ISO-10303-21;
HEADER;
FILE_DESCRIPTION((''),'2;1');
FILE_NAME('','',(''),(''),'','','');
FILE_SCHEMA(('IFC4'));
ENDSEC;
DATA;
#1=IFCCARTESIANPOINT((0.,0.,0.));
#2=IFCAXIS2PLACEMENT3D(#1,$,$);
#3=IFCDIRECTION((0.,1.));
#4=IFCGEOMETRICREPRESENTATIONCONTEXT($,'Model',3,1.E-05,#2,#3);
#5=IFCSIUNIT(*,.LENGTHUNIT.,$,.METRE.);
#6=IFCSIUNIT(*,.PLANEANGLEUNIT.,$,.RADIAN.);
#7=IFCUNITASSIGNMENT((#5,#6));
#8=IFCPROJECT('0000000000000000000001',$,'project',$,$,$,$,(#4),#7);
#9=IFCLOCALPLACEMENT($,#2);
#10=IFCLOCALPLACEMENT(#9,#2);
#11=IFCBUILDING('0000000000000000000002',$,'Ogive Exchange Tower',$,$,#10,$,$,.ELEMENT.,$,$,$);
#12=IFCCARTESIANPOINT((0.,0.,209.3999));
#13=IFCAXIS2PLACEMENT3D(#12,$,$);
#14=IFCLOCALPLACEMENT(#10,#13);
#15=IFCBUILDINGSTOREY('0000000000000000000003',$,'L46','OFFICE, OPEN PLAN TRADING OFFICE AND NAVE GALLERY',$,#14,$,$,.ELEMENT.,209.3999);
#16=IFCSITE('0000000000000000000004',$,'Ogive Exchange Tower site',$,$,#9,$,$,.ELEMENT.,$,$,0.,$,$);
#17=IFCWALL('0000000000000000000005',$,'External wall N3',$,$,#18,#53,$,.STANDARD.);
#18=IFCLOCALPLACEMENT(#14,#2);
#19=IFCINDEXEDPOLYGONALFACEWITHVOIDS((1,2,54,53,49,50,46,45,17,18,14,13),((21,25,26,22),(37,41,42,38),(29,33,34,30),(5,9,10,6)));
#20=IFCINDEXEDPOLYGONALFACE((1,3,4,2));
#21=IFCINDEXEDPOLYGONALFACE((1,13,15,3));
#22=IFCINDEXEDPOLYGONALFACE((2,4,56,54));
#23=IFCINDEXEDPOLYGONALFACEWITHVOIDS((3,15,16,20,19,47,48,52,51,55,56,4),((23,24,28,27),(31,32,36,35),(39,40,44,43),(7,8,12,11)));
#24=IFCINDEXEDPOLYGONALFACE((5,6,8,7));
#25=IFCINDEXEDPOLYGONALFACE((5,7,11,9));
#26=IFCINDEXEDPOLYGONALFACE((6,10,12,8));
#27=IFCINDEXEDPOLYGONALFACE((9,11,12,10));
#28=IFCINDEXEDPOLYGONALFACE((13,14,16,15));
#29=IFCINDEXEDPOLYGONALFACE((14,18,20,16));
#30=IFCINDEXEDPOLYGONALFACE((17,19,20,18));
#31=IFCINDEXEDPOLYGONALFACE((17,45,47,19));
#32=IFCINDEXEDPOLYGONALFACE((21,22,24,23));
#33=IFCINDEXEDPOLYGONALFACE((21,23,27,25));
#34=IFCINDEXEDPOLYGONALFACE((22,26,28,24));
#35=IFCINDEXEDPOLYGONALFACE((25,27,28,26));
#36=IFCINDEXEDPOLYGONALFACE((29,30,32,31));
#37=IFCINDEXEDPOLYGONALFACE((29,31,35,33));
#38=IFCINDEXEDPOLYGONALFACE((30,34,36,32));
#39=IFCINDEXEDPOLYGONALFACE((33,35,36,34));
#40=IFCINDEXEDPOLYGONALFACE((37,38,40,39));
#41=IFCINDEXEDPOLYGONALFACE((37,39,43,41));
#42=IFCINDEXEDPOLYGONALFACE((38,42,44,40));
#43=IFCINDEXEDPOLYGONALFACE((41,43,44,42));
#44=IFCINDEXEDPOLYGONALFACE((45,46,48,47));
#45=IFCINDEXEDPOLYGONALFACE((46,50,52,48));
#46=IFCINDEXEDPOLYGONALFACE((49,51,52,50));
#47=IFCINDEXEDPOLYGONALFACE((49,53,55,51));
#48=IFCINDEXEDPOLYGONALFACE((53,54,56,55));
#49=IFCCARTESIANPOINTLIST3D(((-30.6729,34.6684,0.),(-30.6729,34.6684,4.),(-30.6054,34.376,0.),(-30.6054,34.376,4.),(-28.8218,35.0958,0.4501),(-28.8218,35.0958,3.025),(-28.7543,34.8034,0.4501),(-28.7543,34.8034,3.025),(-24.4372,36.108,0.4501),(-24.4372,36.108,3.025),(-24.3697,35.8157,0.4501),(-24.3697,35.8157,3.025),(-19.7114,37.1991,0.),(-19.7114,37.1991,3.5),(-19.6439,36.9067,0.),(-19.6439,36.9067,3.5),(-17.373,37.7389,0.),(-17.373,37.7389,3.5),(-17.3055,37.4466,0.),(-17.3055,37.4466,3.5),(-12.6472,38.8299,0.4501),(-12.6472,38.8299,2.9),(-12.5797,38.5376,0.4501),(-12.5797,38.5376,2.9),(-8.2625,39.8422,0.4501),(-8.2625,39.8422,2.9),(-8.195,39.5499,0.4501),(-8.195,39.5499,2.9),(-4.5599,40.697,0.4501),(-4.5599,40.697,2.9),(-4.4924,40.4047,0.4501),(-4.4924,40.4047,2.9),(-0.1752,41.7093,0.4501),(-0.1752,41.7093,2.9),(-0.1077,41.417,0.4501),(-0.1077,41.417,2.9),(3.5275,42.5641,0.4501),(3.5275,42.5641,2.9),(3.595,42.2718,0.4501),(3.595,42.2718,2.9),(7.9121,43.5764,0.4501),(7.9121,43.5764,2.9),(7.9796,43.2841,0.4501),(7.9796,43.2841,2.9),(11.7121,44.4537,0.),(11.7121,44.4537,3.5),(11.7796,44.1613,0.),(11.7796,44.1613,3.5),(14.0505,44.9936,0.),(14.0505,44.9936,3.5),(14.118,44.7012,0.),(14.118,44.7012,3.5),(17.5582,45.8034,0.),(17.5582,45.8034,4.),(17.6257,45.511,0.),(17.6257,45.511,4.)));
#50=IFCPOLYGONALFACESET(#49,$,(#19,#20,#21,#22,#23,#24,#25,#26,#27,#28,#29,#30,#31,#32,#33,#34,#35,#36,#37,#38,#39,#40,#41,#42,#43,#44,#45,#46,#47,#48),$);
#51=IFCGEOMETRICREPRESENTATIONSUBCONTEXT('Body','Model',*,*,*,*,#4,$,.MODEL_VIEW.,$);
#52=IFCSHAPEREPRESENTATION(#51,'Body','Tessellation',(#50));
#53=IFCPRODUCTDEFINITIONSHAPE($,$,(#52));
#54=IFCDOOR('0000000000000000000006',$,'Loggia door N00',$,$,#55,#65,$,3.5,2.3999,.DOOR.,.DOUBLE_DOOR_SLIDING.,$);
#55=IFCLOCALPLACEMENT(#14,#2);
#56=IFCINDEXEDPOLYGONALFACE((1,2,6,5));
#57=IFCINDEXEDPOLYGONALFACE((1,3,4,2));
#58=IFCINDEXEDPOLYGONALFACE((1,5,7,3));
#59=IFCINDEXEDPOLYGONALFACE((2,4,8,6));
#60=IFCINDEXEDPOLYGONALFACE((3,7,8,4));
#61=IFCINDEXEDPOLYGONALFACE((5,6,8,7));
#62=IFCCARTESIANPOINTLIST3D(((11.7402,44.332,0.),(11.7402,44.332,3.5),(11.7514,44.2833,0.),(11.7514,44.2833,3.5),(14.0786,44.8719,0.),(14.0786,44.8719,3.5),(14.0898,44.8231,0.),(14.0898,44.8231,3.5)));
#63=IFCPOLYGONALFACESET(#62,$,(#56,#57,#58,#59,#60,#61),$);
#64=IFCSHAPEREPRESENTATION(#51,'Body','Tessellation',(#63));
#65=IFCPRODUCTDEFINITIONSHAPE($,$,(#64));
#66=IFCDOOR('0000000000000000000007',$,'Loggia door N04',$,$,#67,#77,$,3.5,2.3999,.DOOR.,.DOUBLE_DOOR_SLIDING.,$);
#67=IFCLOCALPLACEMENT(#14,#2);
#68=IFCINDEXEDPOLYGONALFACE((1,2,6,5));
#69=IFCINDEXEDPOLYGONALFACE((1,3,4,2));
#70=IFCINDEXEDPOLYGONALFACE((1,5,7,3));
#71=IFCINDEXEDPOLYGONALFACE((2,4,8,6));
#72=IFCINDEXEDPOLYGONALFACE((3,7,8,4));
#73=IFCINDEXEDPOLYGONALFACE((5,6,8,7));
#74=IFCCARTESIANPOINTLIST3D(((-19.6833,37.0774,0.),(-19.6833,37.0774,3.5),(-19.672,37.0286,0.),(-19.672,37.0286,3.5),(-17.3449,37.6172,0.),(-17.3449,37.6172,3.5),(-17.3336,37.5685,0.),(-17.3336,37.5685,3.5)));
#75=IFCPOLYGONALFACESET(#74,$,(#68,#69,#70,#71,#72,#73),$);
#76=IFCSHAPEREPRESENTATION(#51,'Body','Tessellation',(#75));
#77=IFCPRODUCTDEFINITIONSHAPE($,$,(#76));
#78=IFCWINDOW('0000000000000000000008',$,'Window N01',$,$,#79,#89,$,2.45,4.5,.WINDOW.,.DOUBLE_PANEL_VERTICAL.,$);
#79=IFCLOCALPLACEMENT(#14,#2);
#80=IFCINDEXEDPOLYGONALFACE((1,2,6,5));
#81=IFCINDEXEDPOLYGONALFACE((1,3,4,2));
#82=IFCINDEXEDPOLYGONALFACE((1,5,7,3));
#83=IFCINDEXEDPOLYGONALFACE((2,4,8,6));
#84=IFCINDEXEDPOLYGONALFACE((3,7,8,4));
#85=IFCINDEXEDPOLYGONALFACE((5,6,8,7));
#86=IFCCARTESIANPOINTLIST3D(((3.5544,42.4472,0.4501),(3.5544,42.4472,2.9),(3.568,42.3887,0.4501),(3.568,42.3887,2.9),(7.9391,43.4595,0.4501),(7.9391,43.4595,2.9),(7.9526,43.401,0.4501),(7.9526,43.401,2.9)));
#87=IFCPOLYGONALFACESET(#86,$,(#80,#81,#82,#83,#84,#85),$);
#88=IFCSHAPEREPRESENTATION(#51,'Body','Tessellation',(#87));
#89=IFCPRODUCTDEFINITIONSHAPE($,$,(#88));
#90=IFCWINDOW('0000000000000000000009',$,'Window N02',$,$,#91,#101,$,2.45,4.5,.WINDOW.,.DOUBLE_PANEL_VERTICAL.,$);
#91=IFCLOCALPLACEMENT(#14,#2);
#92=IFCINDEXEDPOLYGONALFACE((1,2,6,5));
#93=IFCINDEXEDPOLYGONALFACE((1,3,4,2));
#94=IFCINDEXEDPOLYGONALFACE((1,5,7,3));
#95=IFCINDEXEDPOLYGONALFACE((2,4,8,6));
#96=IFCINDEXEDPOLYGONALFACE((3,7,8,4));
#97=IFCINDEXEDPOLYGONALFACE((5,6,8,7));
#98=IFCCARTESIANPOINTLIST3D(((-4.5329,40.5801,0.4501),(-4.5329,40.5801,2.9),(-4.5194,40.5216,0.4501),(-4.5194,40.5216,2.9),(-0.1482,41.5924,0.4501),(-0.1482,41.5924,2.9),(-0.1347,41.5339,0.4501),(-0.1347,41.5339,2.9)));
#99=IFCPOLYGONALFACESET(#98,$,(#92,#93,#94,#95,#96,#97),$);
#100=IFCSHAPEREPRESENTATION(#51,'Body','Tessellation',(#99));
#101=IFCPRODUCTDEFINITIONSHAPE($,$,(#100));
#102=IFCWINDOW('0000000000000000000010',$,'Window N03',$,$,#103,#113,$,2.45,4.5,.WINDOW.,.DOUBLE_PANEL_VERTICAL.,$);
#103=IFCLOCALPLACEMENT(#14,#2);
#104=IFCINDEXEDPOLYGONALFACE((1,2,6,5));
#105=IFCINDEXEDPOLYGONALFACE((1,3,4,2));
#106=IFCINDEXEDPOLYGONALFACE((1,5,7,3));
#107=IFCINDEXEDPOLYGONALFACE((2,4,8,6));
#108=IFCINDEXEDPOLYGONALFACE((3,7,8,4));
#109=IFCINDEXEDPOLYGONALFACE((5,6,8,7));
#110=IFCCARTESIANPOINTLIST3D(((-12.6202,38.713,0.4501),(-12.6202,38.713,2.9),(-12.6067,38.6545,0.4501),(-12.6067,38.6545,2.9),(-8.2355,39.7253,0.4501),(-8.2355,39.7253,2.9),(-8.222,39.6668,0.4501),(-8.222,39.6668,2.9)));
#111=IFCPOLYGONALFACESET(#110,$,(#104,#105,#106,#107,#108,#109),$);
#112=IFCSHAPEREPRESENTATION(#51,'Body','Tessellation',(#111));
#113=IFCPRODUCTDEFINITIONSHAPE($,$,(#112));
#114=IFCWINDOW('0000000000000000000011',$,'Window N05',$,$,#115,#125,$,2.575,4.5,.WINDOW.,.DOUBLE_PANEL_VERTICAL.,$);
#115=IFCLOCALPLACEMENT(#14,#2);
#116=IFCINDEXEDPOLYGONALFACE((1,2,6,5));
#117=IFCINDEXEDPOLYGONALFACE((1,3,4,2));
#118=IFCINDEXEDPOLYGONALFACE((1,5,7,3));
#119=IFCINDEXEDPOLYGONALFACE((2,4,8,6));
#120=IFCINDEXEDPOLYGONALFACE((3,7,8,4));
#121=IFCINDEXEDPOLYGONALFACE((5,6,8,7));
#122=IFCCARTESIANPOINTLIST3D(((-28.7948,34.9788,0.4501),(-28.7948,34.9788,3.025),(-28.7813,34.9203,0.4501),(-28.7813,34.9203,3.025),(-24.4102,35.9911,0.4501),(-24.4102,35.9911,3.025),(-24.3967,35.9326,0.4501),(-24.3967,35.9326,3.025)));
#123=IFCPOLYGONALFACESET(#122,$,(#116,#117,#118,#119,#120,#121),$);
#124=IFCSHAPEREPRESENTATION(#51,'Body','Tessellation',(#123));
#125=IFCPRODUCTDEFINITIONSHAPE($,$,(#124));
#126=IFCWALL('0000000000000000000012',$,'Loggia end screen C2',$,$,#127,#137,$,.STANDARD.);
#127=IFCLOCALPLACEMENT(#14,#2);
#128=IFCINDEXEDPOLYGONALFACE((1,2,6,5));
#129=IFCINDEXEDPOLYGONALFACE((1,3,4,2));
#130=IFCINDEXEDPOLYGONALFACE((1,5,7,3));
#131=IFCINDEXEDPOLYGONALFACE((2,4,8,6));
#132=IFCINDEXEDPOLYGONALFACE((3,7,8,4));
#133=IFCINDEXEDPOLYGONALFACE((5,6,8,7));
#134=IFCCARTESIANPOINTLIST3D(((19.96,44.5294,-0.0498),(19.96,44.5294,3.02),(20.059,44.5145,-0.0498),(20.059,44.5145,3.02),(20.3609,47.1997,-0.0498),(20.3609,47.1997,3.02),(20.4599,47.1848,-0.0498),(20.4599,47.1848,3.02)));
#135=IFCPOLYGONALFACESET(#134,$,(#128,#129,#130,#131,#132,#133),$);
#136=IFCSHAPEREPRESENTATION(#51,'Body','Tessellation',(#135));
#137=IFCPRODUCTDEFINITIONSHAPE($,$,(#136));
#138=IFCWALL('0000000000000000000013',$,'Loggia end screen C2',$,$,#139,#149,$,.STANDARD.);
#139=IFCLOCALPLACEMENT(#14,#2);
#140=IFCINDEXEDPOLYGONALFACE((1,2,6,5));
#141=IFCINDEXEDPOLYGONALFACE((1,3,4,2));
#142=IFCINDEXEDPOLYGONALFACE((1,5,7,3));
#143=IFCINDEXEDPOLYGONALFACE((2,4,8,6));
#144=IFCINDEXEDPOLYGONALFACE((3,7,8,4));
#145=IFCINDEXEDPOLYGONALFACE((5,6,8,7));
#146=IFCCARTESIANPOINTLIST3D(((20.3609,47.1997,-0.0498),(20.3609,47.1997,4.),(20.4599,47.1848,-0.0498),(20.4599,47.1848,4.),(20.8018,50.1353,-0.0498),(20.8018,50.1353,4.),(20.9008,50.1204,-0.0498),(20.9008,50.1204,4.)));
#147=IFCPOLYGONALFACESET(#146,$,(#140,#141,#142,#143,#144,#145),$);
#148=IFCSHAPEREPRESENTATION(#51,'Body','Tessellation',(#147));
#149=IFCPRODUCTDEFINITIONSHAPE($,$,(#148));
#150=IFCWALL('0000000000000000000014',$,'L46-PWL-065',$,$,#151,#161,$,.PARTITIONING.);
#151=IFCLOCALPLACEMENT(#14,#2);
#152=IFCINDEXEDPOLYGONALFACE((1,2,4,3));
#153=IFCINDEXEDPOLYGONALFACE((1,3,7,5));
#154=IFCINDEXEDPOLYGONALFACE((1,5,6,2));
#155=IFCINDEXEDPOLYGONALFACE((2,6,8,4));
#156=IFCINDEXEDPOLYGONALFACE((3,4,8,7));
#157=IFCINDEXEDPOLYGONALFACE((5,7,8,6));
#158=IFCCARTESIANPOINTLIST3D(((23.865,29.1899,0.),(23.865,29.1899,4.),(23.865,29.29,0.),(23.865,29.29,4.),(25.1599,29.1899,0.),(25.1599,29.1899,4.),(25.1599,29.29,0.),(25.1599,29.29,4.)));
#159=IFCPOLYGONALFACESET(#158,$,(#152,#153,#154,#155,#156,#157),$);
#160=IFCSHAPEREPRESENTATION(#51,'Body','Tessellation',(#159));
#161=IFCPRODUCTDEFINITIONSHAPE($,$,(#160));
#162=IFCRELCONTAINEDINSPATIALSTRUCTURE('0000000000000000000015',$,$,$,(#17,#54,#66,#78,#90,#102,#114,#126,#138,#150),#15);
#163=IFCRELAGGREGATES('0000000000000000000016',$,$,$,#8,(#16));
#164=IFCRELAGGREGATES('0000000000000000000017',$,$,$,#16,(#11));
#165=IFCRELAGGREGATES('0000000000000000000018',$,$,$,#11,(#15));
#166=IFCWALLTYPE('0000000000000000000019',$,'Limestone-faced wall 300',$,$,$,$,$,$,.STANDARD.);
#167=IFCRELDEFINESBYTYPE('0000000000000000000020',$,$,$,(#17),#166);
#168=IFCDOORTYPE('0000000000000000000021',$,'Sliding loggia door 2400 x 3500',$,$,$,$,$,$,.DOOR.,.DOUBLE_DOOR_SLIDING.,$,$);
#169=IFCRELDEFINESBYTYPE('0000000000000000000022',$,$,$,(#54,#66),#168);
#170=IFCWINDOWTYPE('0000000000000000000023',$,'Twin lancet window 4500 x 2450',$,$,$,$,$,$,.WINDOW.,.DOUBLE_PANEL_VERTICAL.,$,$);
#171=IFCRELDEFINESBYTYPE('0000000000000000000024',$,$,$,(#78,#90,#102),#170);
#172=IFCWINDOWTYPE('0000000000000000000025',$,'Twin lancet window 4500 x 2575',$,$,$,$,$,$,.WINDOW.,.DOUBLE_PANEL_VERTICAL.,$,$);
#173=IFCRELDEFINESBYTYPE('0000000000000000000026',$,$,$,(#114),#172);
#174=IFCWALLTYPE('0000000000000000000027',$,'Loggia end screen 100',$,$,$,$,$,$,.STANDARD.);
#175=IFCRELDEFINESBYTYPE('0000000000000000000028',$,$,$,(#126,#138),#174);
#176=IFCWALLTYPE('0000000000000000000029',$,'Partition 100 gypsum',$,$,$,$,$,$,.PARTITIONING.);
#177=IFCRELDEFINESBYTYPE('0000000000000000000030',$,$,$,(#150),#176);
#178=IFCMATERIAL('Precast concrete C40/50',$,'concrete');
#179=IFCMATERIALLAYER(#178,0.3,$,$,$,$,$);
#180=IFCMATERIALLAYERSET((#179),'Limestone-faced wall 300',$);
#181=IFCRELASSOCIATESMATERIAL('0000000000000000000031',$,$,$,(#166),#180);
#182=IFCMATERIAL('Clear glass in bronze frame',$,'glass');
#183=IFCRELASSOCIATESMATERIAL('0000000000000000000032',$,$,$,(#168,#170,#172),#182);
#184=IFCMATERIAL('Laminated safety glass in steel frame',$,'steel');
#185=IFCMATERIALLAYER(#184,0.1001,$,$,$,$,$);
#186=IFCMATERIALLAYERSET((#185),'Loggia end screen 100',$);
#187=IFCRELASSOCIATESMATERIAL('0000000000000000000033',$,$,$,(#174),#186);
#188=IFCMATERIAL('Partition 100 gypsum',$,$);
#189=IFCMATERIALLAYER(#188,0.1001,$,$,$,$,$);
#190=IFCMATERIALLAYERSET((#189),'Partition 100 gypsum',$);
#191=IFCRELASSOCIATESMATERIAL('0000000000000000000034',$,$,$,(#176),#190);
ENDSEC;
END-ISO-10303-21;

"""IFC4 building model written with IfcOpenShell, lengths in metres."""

from ifc_helpers import new_model, si_unit, direction, frame, frame_2d, origin, place, context, subcontext, project, spatial, rectangle, extrude, material, layer, layer_set, type_object, element, fill, save


model = new_model("IFC4")

# Units and contexts
model_context = context("Model", 3, precision=1e-05, world=origin(), true_north=direction((0.0, 1.0)))
body_context = subcontext(model_context, "Body", "Model", "MODEL_VIEW")
ifc_project = project(units=[si_unit("LENGTHUNIT", "METRE"), si_unit("PLANEANGLEUNIT", "RADIAN")], contexts=[model_context])

# Site, building, storey
site_placement = place(None, origin())
site = spatial("IfcSite", under=ifc_project, at=site_placement, Name="Ogive Exchange Tower site", CompositionType="ELEMENT", RefElevation=0.0)
building_placement = place(site_placement, origin())
building = spatial("IfcBuilding", under=site, at=building_placement, Name="Ogive Exchange Tower", CompositionType="ELEMENT")
storey_placement = place(building_placement, frame((0.0, 0.0, 209.3999)))
storey = spatial("IfcBuildingStorey", under=building, at=storey_placement, Name="L46", Description="OFFICE, OPEN PLAN TRADING OFFICE AND NAVE GALLERY", CompositionType="ELEMENT", Elevation=209.3999)

# Wall, openings, doors, windows
ifc_material_1 = material(Name="Precast concrete C40/50", Category="concrete")
ifc_layer_1 = layer(ifc_material_1, 0.3)
ifc_layer_set_1 = layer_set([ifc_layer_1], Name="Limestone-faced wall 300")
wall_type_1 = type_object("IfcWallType", Name="Limestone-faced wall 300", PredefinedType="STANDARD", material=ifc_layer_set_1)
wall_1_placement = place(storey_placement, frame((17.592, 45.6572, 0.0), z_axis=(0.0, 0.0, 1.0), x_axis=(-0.97437, -0.22495, 0.0)))
wall_1 = element("IfcWall", 1, at=wall_1_placement, inside=storey, type_object=wall_type_1, Name="External wall N3", PredefinedType="STANDARD", context=body_context, shape_type="SweptSolid", body=[
    extrude(rectangle(XDim=49.4998, YDim=0.3, at=frame_2d((24.75, 0.0))), origin(), (0.0, 0.0, 1.0), 4.0),
])
opening_1_placement = place(wall_1_placement, frame((3.6001, 0.0, 0.0)))
opening_1 = element("IfcOpeningElement", 2, at=opening_1_placement, cuts=wall_1, PredefinedType="OPENING", context=body_context, shape_type="SweptSolid", body=[
    extrude(rectangle(XDim=2.3999, YDim=3.5, at=frame_2d((1.2, 1.75))), frame((0.0, 0.1599, 0.0), z_axis=(0.0, -1.0, 0.0), x_axis=(1.0, 0.0, 0.0)), (0.0, 0.0, 1.0), 0.3201),
])
opening_2_placement = place(wall_1_placement, frame((9.8999, 0.0, 0.45)))
opening_2 = element("IfcOpeningElement", 3, at=opening_2_placement, cuts=wall_1, PredefinedType="OPENING", context=body_context, shape_type="SweptSolid", body=[
    extrude(rectangle(XDim=4.5, YDim=2.45, at=frame_2d((2.25, 1.2251))), frame((0.0, 0.1599, 0.0), z_axis=(0.0, -1.0, 0.0), x_axis=(1.0, 0.0, 0.0)), (0.0, 0.0, 1.0), 0.3201),
])
opening_3_placement = place(wall_1_placement, frame((18.2, 0.0, 0.45)))
opening_3 = element("IfcOpeningElement", 4, at=opening_3_placement, cuts=wall_1, PredefinedType="OPENING", context=body_context, shape_type="SweptSolid", body=[
    extrude(rectangle(XDim=4.5, YDim=2.45, at=frame_2d((2.25, 1.2251))), frame((0.0, 0.1599, 0.0), z_axis=(0.0, -1.0, 0.0), x_axis=(1.0, 0.0, 0.0)), (0.0, 0.0, 1.0), 0.3201),
])
opening_4_placement = place(wall_1_placement, frame((26.5, 0.0, 0.45)))
opening_4 = element("IfcOpeningElement", 5, at=opening_4_placement, cuts=wall_1, PredefinedType="OPENING", context=body_context, shape_type="SweptSolid", body=[
    extrude(rectangle(XDim=4.5, YDim=2.45, at=frame_2d((2.25, 1.2251))), frame((0.0, 0.1599, 0.0), z_axis=(0.0, -1.0, 0.0), x_axis=(1.0, 0.0, 0.0)), (0.0, 0.0, 1.0), 0.3201),
])
opening_5_placement = place(wall_1_placement, frame((35.8501, 0.0, 0.0)))
opening_5 = element("IfcOpeningElement", 6, at=opening_5_placement, cuts=wall_1, PredefinedType="OPENING", context=body_context, shape_type="SweptSolid", body=[
    extrude(rectangle(XDim=2.3999, YDim=3.5, at=frame_2d((1.2, 1.75))), frame((0.0, 0.1599, 0.0), z_axis=(0.0, -1.0, 0.0), x_axis=(1.0, 0.0, 0.0)), (0.0, 0.0, 1.0), 0.3201),
])
opening_6_placement = place(wall_1_placement, frame((43.1001, 0.0, 0.45)))
opening_6 = element("IfcOpeningElement", 7, at=opening_6_placement, cuts=wall_1, PredefinedType="OPENING", context=body_context, shape_type="SweptSolid", body=[
    extrude(rectangle(XDim=4.5, YDim=2.575, at=frame_2d((2.25, 1.2876))), frame((0.0, 0.1599, 0.0), z_axis=(0.0, -1.0, 0.0), x_axis=(1.0, 0.0, 0.0)), (0.0, 0.0, 1.0), 0.3201),
])
ifc_material_2 = material(Name="Clear glass in bronze frame", Category="glass")
door_type = type_object("IfcDoorType", Name="Sliding loggia door 2400 x 3500", OperationType="DOUBLE_DOOR_SLIDING", PredefinedType="DOOR", material=ifc_material_2)
door_1_placement = place(opening_1_placement, origin())
door_1 = element("IfcDoor", 8, at=door_1_placement, inside=storey, type_object=door_type, Name="Loggia door N00", OperationType="DOUBLE_DOOR_SLIDING", OverallHeight=3.5, OverallWidth=2.3999, PredefinedType="DOOR", context=body_context, shape_type="SweptSolid", body=[
    extrude(rectangle(XDim=2.3999, YDim=3.5, at=frame_2d((1.2, 1.75))), frame((0.0, 0.0249, 0.0), z_axis=(0.0, -1.0, 0.0), x_axis=(1.0, 0.0, 0.0)), (0.0, 0.0, 1.0), 0.05),
])
fill(opening_1, door_1)
door_2_placement = place(opening_5_placement, origin())
door_2 = element("IfcDoor", 9, at=door_2_placement, inside=storey, type_object=door_type, Name="Loggia door N04", OperationType="DOUBLE_DOOR_SLIDING", OverallHeight=3.5, OverallWidth=2.3999, PredefinedType="DOOR", context=body_context, shape_type="SweptSolid", body=[
    extrude(rectangle(XDim=2.3999, YDim=3.5, at=frame_2d((1.2, 1.75))), frame((0.0, 0.0249, 0.0), z_axis=(0.0, -1.0, 0.0), x_axis=(1.0, 0.0, 0.0)), (0.0, 0.0, 1.0), 0.05),
])
fill(opening_5, door_2)
window_type_1 = type_object("IfcWindowType", Name="Twin lancet window 4500 x 2450", PartitioningType="DOUBLE_PANEL_VERTICAL", PredefinedType="WINDOW", material=ifc_material_2)
window_1_placement = place(opening_2_placement, origin())
window_1 = element("IfcWindow", 10, at=window_1_placement, inside=storey, type_object=window_type_1, Name="Window N01", OverallHeight=2.45, OverallWidth=4.5, PartitioningType="DOUBLE_PANEL_VERTICAL", PredefinedType="WINDOW", context=body_context, shape_type="SweptSolid", body=[
    extrude(rectangle(XDim=4.5, YDim=2.45, at=frame_2d((2.25, 1.2251))), frame((0.0, 0.03, 0.0), z_axis=(0.0, -1.0, 0.0), x_axis=(1.0, 0.0, 0.0)), (0.0, 0.0, 1.0), 0.0601),
])
fill(opening_2, window_1)
window_2_placement = place(opening_3_placement, origin())
window_2 = element("IfcWindow", 11, at=window_2_placement, inside=storey, type_object=window_type_1, Name="Window N02", OverallHeight=2.45, OverallWidth=4.5, PartitioningType="DOUBLE_PANEL_VERTICAL", PredefinedType="WINDOW", context=body_context, shape_type="SweptSolid", body=[
    extrude(rectangle(XDim=4.5, YDim=2.45, at=frame_2d((2.25, 1.2251))), frame((0.0, 0.03, 0.0), z_axis=(0.0, -1.0, 0.0), x_axis=(1.0, 0.0, 0.0)), (0.0, 0.0, 1.0), 0.0601),
])
fill(opening_3, window_2)
window_3_placement = place(opening_4_placement, origin())
window_3 = element("IfcWindow", 12, at=window_3_placement, inside=storey, type_object=window_type_1, Name="Window N03", OverallHeight=2.45, OverallWidth=4.5, PartitioningType="DOUBLE_PANEL_VERTICAL", PredefinedType="WINDOW", context=body_context, shape_type="SweptSolid", body=[
    extrude(rectangle(XDim=4.5, YDim=2.45, at=frame_2d((2.25, 1.2251))), frame((0.0, 0.03, 0.0), z_axis=(0.0, -1.0, 0.0), x_axis=(1.0, 0.0, 0.0)), (0.0, 0.0, 1.0), 0.0601),
])
fill(opening_4, window_3)
window_type_2 = type_object("IfcWindowType", Name="Twin lancet window 4500 x 2575", PartitioningType="DOUBLE_PANEL_VERTICAL", PredefinedType="WINDOW", material=ifc_material_2)
window_4_placement = place(opening_6_placement, origin())
window_4 = element("IfcWindow", 13, at=window_4_placement, inside=storey, type_object=window_type_2, Name="Window N05", OverallHeight=2.575, OverallWidth=4.5, PartitioningType="DOUBLE_PANEL_VERTICAL", PredefinedType="WINDOW", context=body_context, shape_type="SweptSolid", body=[
    extrude(rectangle(XDim=4.5, YDim=2.575, at=frame_2d((2.25, 1.2876))), frame((0.0, 0.03, 0.0), z_axis=(0.0, -1.0, 0.0), x_axis=(1.0, 0.0, 0.0)), (0.0, 0.0, 1.0), 0.0601),
])
fill(opening_6, window_4)

# Walls
ifc_material_3 = material(Name="Laminated safety glass in steel frame", Category="steel")
ifc_layer_2 = layer(ifc_material_3, 0.1001)
ifc_layer_set_2 = layer_set([ifc_layer_2], Name="Loggia end screen 100")
wall_type_2 = type_object("IfcWallType", Name="Loggia end screen 100", PredefinedType="STANDARD", material=ifc_layer_set_2)
wall_2_placement = place(storey_placement, frame((20.0095, 44.522, -0.0498), z_axis=(0.0, 0.0, 1.0), x_axis=(0.148469, 0.988917, 0.0)))
element("IfcWall", 14, at=wall_2_placement, inside=storey, type_object=wall_type_2, Name="Loggia end screen C2", PredefinedType="STANDARD", context=body_context, shape_type="SweptSolid", body=[
    extrude(rectangle(XDim=2.7002, YDim=0.1001, at=frame_2d((1.3501, 0.0))), origin(), (0.0, 0.0, 1.0), 3.0698),
])
wall_3_placement = place(storey_placement, frame((20.4104, 47.1921, -0.0498), z_axis=(0.0, 0.0, 1.0), x_axis=(0.148533, 0.988907, 0.0)))
element("IfcWall", 15, at=wall_3_placement, inside=storey, type_object=wall_type_2, Name="Loggia end screen C2", PredefinedType="STANDARD", context=body_context, shape_type="SweptSolid", body=[
    extrude(rectangle(XDim=2.9685, YDim=0.1001, at=frame_2d((1.4844, 0.0))), origin(), (0.0, 0.0, 1.0), 4.0498),
])
ifc_material_4 = material(Name="Partition 100 gypsum")
ifc_layer_3 = layer(ifc_material_4, 0.1001)
ifc_layer_set_3 = layer_set([ifc_layer_3], Name="Partition 100 gypsum")
wall_type_3 = type_object("IfcWallType", Name="Partition 100 gypsum", PredefinedType="PARTITIONING", material=ifc_layer_set_3)
wall_4_placement = place(storey_placement, frame((23.865, 29.24, 0.0), z_axis=(0.0, 0.0, 1.0), x_axis=(1.0, 0.0, 0.0)))
element("IfcWall", 16, at=wall_4_placement, inside=storey, type_object=wall_type_3, Name="L46-PWL-065", PredefinedType="PARTITIONING", context=body_context, shape_type="SweptSolid", body=[
    extrude(rectangle(XDim=1.2949, YDim=0.1001, at=frame_2d((0.6475, 0.0))), origin(), (0.0, 0.0, 1.0), 4.0),
])

save(model, "model.ifc")
